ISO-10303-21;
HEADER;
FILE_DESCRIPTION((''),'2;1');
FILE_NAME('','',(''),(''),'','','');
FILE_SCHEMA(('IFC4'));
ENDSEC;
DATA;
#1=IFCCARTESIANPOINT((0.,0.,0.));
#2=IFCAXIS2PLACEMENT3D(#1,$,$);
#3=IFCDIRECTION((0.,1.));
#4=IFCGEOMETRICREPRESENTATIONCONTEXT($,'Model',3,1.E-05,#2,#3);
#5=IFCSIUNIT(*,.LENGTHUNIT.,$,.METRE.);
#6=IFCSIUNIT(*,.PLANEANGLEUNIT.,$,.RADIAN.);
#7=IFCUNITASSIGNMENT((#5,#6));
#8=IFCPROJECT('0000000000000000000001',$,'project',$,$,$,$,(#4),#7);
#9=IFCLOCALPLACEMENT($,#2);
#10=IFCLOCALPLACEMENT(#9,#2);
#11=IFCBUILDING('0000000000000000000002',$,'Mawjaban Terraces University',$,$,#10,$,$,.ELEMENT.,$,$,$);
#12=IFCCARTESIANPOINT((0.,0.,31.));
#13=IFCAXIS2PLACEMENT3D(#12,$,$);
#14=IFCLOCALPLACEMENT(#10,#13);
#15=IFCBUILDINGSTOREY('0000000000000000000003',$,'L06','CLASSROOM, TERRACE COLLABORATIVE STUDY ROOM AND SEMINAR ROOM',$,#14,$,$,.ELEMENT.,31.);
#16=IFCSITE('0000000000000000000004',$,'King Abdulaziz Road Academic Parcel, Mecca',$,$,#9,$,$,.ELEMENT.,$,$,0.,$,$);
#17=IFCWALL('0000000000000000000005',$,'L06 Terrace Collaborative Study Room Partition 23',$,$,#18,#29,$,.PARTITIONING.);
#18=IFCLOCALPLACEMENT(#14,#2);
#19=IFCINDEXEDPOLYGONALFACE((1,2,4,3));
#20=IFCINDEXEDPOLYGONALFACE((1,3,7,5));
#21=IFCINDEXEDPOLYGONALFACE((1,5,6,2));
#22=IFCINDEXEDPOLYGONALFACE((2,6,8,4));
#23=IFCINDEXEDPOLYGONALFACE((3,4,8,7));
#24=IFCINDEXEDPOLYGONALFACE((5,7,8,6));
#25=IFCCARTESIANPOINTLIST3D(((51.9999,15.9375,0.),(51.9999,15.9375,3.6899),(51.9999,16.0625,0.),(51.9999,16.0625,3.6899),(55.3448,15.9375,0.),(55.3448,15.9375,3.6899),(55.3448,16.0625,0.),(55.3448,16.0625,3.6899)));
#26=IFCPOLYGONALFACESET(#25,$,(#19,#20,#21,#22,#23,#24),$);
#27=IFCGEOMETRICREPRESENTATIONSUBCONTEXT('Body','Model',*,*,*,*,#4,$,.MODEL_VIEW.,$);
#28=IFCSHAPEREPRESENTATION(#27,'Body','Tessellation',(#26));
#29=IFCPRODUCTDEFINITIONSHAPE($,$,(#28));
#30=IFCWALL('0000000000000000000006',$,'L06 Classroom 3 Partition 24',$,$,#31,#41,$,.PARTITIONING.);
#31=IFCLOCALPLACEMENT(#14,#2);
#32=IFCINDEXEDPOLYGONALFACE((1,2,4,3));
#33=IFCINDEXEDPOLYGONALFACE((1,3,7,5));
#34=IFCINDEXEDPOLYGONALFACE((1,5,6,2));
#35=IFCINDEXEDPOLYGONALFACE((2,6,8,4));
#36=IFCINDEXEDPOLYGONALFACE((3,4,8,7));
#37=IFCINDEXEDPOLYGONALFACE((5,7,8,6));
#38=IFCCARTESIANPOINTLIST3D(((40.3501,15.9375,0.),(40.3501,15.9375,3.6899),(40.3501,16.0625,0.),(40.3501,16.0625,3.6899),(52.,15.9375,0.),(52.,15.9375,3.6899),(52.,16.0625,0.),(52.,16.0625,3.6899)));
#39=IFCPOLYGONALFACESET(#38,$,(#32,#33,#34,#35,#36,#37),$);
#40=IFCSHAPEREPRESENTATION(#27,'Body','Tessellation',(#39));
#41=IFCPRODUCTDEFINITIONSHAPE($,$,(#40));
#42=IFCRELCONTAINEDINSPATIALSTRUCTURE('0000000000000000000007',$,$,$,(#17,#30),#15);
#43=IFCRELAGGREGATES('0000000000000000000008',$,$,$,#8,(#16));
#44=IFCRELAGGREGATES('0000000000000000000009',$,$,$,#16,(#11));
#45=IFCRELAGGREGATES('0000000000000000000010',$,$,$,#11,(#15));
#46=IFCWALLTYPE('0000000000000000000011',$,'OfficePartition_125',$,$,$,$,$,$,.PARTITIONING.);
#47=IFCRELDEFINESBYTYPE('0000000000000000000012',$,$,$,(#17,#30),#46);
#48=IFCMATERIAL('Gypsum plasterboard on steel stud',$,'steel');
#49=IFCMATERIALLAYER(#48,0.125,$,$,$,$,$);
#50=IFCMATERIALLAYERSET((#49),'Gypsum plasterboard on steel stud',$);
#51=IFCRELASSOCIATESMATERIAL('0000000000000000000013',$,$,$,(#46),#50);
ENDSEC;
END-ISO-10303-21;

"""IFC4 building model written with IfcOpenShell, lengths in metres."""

from ifc_helpers import new_model, si_unit, direction, frame, frame_2d, origin, place, context, subcontext, project, spatial, rectangle, extrude, material, layer, layer_set, type_object, element, save


model = new_model("IFC4")

# Units and contexts
model_context = context("Model", 3, precision=1e-05, world=origin(), true_north=direction((0.0, 1.0)))
body_context = subcontext(model_context, "Body", "Model", "MODEL_VIEW")
ifc_project = project(units=[si_unit("LENGTHUNIT", "METRE"), si_unit("PLANEANGLEUNIT", "RADIAN")], contexts=[model_context])

# Site, building, storey
site_placement = place(None, origin())
site = spatial("IfcSite", under=ifc_project, at=site_placement, Name="King Abdulaziz Road Academic Parcel, Mecca", CompositionType="ELEMENT", RefElevation=0.0)
building_placement = place(site_placement, origin())
building = spatial("IfcBuilding", under=site, at=building_placement, Name="Mawjaban Terraces University", CompositionType="ELEMENT")
storey_placement = place(building_placement, frame((0.0, 0.0, 31.0)))
storey = spatial("IfcBuildingStorey", under=building, at=storey_placement, Name="L06", Description="CLASSROOM, TERRACE COLLABORATIVE STUDY ROOM AND SEMINAR ROOM", CompositionType="ELEMENT", Elevation=31.0)

# Walls
ifc_material_1 = material(Name="Gypsum plasterboard on steel stud", Category="steel")
ifc_layer_1 = layer(ifc_material_1, 0.125)
ifc_layer_set_1 = layer_set([ifc_layer_1], Name="Gypsum plasterboard on steel stud")
wall_type_1 = type_object("IfcWallType", Name="OfficePartition_125", PredefinedType="PARTITIONING", material=ifc_layer_set_1)
wall_1_placement = place(storey_placement, frame((52.0, 16.0, 0.0), z_axis=(0.0, 0.0, 1.0), x_axis=(1.0, 0.0, 0.0)))
element("IfcWall", 1, at=wall_1_placement, inside=storey, type_object=wall_type_1, Name="L06 Terrace Collaborative Study Room Partition 23", PredefinedType="PARTITIONING", context=body_context, shape_type="SweptSolid", body=[
    extrude(rectangle(XDim=3.345, YDim=0.125, at=frame_2d((1.6724, 0.0))), origin(), (0.0, 0.0, 1.0), 3.6899),
])
wall_2_placement = place(storey_placement, frame((52.0, 16.0, 0.0), z_axis=(0.0, 0.0, 1.0), x_axis=(-1.0, 0.0, 0.0)))
element("IfcWall", 2, at=wall_2_placement, inside=storey, type_object=wall_type_1, Name="L06 Classroom 3 Partition 24", PredefinedType="PARTITIONING", context=body_context, shape_type="SweptSolid", body=[
    extrude(rectangle(XDim=11.6499, YDim=0.125, at=frame_2d((5.825, 0.0))), origin(), (0.0, 0.0, 1.0), 3.6899),
])

save(model, "model.ifc")
